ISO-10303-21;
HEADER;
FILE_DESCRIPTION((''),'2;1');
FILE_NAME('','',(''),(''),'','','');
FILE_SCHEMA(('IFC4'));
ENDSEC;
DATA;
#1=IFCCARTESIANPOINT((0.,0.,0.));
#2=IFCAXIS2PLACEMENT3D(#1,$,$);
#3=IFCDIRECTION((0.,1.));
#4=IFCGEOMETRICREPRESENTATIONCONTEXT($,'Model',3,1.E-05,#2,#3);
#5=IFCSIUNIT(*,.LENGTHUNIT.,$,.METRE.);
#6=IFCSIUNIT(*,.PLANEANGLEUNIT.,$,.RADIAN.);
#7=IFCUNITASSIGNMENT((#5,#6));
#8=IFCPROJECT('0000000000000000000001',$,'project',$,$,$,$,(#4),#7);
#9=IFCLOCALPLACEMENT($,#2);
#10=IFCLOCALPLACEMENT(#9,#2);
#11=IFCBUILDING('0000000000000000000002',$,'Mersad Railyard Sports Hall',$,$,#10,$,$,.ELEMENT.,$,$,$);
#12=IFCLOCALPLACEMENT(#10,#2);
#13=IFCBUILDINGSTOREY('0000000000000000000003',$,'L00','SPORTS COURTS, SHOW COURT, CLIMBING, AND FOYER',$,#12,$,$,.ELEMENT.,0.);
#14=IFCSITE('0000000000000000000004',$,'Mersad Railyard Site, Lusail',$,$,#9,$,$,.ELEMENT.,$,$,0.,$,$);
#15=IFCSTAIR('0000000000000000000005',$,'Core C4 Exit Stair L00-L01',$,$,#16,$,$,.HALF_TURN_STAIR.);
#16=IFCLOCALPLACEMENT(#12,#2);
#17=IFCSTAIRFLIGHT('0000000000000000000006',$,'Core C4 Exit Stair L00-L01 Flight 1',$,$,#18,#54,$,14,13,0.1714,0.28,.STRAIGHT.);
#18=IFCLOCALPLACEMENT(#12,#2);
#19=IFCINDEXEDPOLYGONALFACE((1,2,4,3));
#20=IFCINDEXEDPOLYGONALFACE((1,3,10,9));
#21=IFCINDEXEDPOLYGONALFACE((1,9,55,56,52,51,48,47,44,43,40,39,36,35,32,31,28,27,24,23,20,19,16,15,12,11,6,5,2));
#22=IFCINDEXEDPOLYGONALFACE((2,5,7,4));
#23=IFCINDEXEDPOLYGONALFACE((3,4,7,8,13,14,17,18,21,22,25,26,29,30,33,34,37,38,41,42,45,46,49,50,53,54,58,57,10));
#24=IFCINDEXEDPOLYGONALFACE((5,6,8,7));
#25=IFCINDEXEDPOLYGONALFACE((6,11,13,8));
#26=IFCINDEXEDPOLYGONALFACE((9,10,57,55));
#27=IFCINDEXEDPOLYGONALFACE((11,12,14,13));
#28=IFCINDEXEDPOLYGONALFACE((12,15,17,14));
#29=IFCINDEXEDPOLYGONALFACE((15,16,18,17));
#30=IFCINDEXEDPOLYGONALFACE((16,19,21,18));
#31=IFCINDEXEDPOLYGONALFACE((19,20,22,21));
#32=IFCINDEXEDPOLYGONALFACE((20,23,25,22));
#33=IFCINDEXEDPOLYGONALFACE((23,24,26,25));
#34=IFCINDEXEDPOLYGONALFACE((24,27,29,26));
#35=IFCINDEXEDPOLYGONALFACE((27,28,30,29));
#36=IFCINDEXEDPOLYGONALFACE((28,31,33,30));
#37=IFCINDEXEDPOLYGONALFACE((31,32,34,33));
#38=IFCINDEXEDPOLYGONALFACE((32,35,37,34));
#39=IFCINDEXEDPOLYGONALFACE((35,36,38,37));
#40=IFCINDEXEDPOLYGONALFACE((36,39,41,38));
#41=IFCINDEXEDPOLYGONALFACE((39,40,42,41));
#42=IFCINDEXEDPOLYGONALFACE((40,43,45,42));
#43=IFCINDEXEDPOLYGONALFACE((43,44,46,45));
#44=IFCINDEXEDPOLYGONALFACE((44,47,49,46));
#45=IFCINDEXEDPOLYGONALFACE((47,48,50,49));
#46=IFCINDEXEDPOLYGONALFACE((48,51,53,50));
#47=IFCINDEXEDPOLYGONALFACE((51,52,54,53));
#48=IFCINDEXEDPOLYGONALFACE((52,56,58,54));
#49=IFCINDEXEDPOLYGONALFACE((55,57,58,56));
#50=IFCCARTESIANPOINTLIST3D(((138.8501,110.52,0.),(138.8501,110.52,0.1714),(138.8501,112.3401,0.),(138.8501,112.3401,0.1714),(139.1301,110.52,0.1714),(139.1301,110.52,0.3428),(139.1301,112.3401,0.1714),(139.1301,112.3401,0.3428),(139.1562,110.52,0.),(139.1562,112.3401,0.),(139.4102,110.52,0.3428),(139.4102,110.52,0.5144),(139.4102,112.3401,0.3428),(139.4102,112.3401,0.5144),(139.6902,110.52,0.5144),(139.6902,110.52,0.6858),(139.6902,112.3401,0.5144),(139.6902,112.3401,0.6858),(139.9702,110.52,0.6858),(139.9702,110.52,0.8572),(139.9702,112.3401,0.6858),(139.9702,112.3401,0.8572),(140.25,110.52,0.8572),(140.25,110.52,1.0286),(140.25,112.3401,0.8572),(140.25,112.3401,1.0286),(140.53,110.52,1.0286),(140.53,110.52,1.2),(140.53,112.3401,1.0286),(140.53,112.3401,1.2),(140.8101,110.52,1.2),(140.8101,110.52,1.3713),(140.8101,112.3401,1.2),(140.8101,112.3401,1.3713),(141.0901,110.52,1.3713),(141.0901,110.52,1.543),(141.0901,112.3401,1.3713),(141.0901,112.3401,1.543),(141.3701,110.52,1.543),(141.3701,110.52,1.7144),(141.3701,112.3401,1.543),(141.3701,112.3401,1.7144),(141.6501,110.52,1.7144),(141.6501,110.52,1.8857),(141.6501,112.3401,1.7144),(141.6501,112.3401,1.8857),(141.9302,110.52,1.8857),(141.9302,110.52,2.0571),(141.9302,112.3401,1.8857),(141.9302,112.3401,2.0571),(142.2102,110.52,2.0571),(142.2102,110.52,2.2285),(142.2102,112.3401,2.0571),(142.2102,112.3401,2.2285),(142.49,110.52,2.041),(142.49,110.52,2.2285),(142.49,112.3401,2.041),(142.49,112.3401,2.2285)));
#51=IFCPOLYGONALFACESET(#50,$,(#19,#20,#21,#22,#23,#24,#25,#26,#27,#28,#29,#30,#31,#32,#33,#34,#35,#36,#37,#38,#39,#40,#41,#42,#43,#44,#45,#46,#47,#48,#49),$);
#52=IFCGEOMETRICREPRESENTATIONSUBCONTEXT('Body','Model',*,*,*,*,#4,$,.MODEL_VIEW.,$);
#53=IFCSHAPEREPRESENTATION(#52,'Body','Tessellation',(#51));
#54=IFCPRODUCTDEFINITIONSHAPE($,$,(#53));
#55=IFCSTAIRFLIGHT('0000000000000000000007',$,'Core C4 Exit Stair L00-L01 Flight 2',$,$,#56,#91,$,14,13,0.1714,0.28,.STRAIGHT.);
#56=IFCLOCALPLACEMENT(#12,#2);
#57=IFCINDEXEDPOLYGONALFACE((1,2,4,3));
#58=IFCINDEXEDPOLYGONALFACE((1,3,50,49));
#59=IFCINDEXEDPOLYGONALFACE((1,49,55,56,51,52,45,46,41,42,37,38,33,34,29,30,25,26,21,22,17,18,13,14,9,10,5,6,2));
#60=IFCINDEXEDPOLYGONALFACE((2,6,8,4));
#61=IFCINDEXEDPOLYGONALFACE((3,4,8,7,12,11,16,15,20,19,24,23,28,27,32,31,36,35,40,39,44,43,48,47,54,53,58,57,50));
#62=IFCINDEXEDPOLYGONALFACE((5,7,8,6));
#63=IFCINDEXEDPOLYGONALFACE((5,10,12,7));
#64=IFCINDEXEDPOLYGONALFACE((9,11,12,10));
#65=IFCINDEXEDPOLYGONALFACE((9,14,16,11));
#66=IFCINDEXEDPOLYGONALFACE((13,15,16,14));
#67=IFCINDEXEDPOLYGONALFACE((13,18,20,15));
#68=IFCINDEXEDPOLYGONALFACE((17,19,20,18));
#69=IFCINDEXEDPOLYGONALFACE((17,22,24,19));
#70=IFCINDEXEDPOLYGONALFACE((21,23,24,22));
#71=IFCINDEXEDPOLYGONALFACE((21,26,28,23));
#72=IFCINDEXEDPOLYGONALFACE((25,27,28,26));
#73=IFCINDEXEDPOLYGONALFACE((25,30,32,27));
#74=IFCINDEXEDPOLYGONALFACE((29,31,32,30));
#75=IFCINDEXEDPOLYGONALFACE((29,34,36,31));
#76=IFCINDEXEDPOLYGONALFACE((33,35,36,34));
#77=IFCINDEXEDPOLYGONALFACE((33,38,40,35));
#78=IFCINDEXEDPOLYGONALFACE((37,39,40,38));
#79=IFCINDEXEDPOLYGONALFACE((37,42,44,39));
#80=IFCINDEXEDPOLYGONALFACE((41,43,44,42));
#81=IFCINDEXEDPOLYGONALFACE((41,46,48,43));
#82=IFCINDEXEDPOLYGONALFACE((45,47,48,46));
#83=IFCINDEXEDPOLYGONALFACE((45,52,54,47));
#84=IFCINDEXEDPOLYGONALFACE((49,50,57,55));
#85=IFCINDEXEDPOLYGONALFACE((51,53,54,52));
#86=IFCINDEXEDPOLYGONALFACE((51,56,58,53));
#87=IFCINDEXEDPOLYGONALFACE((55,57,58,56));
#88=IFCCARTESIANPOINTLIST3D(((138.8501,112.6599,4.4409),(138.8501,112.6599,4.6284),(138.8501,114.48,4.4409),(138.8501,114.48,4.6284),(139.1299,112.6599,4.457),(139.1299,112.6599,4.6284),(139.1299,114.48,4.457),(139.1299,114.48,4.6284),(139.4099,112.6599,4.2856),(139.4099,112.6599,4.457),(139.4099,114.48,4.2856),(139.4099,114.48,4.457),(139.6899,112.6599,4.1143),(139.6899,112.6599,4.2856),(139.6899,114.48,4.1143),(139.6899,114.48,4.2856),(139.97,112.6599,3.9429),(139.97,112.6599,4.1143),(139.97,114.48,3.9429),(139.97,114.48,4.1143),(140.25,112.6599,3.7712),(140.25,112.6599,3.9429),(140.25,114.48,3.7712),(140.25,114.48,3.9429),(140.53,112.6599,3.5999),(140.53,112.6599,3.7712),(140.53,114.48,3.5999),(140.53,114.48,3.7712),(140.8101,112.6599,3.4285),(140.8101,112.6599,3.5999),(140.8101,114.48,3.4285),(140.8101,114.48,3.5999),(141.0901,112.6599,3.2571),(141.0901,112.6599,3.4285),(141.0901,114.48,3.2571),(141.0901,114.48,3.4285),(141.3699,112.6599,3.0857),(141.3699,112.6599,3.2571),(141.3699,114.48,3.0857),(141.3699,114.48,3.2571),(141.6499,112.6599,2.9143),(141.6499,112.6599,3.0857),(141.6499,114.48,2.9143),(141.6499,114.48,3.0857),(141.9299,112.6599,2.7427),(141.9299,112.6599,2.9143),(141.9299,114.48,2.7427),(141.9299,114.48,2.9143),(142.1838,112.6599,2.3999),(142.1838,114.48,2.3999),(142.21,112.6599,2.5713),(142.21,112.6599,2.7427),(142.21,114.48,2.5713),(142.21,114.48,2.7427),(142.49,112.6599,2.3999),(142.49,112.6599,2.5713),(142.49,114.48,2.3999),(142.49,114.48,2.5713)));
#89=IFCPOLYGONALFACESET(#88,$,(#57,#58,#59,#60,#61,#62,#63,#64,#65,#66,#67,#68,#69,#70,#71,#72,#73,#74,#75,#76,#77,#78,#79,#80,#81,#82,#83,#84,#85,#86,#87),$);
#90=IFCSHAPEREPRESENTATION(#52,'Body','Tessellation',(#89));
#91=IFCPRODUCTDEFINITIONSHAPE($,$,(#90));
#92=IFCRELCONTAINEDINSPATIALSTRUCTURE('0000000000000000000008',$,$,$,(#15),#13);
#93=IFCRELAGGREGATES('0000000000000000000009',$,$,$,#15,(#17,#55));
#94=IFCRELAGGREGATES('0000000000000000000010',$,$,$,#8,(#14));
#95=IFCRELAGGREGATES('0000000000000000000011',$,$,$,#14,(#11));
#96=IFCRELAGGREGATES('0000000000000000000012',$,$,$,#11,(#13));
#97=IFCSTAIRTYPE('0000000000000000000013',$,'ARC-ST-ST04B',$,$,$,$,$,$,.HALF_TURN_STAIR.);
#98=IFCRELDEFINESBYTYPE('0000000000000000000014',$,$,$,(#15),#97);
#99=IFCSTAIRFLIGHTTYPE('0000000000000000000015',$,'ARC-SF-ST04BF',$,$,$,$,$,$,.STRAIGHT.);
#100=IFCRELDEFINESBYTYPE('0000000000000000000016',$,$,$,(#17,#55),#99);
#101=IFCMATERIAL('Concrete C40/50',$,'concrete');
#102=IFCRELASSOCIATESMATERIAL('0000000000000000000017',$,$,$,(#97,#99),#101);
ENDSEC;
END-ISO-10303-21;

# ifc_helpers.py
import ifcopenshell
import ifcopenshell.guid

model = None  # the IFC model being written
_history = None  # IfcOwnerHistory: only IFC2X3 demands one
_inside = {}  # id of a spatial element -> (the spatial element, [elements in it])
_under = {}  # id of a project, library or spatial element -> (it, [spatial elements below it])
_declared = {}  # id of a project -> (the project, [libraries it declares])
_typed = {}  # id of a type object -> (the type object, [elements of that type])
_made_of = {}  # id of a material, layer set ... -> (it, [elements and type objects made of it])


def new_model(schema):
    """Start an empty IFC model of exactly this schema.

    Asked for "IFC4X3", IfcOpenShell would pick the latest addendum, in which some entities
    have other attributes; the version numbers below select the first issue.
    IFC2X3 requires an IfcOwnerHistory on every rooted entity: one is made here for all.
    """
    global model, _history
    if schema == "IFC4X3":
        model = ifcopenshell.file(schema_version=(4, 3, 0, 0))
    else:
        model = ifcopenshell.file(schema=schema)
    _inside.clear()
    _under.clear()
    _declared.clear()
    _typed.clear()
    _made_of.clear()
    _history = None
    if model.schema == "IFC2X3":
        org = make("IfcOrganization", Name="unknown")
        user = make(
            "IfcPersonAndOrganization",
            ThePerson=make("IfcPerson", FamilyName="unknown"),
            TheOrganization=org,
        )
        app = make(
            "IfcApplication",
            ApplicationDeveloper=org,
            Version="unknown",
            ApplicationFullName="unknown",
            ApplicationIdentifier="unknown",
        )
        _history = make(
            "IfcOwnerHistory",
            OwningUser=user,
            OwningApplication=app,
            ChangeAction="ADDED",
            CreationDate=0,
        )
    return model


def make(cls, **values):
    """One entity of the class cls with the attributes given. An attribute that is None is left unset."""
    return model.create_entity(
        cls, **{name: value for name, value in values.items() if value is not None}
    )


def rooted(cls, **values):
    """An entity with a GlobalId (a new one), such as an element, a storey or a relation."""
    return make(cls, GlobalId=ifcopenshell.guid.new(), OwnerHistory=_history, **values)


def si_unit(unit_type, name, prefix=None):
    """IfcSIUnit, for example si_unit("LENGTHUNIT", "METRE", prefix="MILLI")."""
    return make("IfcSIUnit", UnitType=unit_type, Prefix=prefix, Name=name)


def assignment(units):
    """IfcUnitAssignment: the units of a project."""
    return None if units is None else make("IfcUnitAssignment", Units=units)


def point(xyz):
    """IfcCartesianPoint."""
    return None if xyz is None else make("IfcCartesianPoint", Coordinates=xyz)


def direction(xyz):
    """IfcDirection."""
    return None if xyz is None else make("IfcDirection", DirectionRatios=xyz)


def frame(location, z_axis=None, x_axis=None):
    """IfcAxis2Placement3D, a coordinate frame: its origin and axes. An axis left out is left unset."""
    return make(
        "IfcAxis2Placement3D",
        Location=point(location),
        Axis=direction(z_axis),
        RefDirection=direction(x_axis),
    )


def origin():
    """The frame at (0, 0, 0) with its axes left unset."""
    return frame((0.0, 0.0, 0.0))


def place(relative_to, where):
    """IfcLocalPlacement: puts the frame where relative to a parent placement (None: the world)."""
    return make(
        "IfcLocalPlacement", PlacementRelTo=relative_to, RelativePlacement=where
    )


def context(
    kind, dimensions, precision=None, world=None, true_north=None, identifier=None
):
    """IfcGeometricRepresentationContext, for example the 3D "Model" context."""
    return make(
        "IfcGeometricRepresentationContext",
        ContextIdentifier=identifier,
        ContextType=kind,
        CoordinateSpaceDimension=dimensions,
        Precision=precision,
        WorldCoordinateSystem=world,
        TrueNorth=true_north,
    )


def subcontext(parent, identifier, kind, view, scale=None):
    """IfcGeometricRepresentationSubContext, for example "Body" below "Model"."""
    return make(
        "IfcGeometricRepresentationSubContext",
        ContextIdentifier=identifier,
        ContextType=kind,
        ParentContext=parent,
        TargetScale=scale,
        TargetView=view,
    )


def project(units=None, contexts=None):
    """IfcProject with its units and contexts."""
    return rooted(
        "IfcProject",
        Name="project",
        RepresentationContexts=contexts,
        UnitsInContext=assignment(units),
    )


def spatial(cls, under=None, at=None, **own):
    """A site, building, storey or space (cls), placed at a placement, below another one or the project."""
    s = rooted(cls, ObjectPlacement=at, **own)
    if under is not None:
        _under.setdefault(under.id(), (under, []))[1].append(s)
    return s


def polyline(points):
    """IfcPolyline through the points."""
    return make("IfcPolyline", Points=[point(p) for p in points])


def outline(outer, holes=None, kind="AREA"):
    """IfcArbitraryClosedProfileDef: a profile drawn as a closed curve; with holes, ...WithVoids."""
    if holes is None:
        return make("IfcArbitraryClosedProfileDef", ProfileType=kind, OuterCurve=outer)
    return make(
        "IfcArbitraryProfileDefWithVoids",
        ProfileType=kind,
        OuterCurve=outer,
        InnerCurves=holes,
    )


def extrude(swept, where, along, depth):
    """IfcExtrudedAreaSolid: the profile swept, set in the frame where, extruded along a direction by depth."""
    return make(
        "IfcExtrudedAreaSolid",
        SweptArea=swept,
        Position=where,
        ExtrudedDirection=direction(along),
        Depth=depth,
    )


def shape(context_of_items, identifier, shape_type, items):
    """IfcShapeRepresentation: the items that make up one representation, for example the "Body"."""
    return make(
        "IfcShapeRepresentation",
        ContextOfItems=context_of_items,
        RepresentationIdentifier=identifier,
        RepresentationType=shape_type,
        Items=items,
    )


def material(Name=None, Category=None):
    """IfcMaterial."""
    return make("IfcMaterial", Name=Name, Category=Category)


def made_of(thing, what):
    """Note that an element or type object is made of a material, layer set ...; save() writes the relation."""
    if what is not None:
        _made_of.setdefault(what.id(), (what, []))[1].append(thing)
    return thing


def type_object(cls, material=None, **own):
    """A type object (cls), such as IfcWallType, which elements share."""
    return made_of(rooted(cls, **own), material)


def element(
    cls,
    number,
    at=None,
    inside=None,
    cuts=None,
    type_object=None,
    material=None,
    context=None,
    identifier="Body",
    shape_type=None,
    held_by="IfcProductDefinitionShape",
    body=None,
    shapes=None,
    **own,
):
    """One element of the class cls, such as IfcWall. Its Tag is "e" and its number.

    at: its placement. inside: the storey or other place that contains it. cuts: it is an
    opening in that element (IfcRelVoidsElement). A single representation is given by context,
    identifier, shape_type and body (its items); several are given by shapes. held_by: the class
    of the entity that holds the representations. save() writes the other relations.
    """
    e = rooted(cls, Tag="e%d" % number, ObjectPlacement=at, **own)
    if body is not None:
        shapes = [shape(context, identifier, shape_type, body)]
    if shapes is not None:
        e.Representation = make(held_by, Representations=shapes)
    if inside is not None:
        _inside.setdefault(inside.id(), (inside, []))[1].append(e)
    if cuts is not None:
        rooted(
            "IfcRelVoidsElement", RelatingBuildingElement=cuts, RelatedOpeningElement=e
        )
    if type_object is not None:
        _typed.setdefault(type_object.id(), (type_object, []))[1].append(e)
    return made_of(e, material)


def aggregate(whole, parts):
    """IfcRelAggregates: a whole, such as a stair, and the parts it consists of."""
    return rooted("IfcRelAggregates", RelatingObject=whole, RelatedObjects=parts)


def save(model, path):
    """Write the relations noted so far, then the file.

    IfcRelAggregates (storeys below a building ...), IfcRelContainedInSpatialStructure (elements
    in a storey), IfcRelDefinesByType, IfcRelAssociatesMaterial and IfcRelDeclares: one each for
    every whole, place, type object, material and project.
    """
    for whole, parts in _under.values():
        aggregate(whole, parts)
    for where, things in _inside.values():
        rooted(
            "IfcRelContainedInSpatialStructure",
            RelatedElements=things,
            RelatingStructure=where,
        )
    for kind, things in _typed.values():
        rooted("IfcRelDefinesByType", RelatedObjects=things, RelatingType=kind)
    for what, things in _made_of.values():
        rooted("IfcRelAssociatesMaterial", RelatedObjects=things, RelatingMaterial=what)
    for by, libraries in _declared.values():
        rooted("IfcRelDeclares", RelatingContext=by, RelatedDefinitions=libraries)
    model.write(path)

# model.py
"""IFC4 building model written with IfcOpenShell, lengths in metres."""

from ifc_helpers import new_model, si_unit, direction, frame, origin, place, context, subcontext, project, spatial, polyline, outline, extrude, material, type_object, element, aggregate, save


model = new_model("IFC4")

# Units and contexts
model_context = context("Model", 3, precision=1e-05, world=origin(), true_north=direction((0.0, 1.0)))
body_context = subcontext(model_context, "Body", "Model", "MODEL_VIEW")
ifc_project = project(units=[si_unit("LENGTHUNIT", "METRE"), si_unit("PLANEANGLEUNIT", "RADIAN")], contexts=[model_context])

# Site, building, storey
site_placement = place(None, origin())
site = spatial("IfcSite", under=ifc_project, at=site_placement, Name="Mersad Railyard Site, Lusail", CompositionType="ELEMENT", RefElevation=0.0)
building_placement = place(site_placement, origin())
building = spatial("IfcBuilding", under=site, at=building_placement, Name="Mersad Railyard Sports Hall", CompositionType="ELEMENT")
storey_placement = place(building_placement, origin())
storey = spatial("IfcBuildingStorey", under=building, at=storey_placement, Name="L00", Description="SPORTS COURTS, SHOW COURT, CLIMBING, AND FOYER", CompositionType="ELEMENT", Elevation=0.0)

# Stair, stair flights
ifc_material_1 = material(Name="Concrete C40/50", Category="concrete")
stair_type = type_object("IfcStairType", Name="ARC-ST-ST04B", PredefinedType="HALF_TURN_STAIR", material=ifc_material_1)
stair_placement = place(storey_placement, origin())
stair = element("IfcStair", 1, at=stair_placement, inside=storey, type_object=stair_type, Name="Core C4 Exit Stair L00-L01", PredefinedType="HALF_TURN_STAIR")
stair_flight_type = type_object("IfcStairFlightType", Name="ARC-SF-ST04BF", PredefinedType="STRAIGHT", material=ifc_material_1)
stair_flight_1_placement = place(storey_placement, frame((138.8501, 111.4299, 0.0), z_axis=(0.0, 0.0, 1.0), x_axis=(1.0, 0.0, 0.0)))
stair_flight_1 = element("IfcStairFlight", 2, at=stair_flight_1_placement, type_object=stair_flight_type, Name="Core C4 Exit Stair L00-L01 Flight 1", NumberOfRisers=14, NumberOfTreads=13, PredefinedType="STRAIGHT", RiserHeight=0.1714, TreadLength=0.28, context=body_context, shape_type="SweptSolid", body=[
    extrude(outline(polyline([(0.0, 0.0), (0.0, 0.1714), (0.28, 0.1714), (0.28, 0.3428), (0.5601, 0.3428), (0.5601, 0.5144), (0.8401, 0.5144), (0.8401, 0.6858), (1.1201, 0.6858), (1.1201, 0.8572), (1.3999, 0.8572), (1.3999, 1.0286), (1.6799, 1.0286), (1.6799, 1.2), (1.96, 1.2), (1.96, 1.3713), (2.24, 1.3713), (2.24, 1.543), (2.52, 1.543), (2.52, 1.7144), (2.8, 1.7144), (2.8, 1.8857), (3.0801, 1.8857), (3.0801, 2.0571), (3.3601, 2.0571), (3.3601, 2.2285), (3.6399, 2.2285), (3.6399, 2.3999), (3.6399, 2.041), (0.3062, 0.0), (0.0, 0.0)])), frame((0.0, 0.9102, 0.0), z_axis=(0.0, -1.0, 0.0), x_axis=(1.0, 0.0, 0.0)), (0.0, 0.0, 1.0), 1.8201),
])
stair_flight_2_placement = place(storey_placement, frame((142.49, 113.5701, 2.3999), z_axis=(0.0, 0.0, 1.0), x_axis=(-1.0, 0.0, 0.0)))
stair_flight_2 = element("IfcStairFlight", 3, at=stair_flight_2_placement, type_object=stair_flight_type, Name="Core C4 Exit Stair L00-L01 Flight 2", NumberOfRisers=14, NumberOfTreads=13, PredefinedType="STRAIGHT", RiserHeight=0.1714, TreadLength=0.28, context=body_context, shape_type="SweptSolid", body=[
    extrude(outline(polyline([(0.0, 0.0), (0.0, 0.1714), (0.28, 0.1714), (0.28, 0.3428), (0.5601, 0.3428), (0.5601, 0.5144), (0.8401, 0.5144), (0.8401, 0.6858), (1.1201, 0.6858), (1.1201, 0.8572), (1.3999, 0.8572), (1.3999, 1.0286), (1.6799, 1.0286), (1.6799, 1.2), (1.96, 1.2), (1.96, 1.3713), (2.24, 1.3713), (2.24, 1.543), (2.52, 1.543), (2.52, 1.7144), (2.8, 1.7144), (2.8, 1.8857), (3.0801, 1.8857), (3.0801, 2.0571), (3.3601, 2.0571), (3.3601, 2.2285), (3.6399, 2.2285), (3.6399, 2.3999), (3.6399, 2.041), (0.3062, 0.0), (0.0, 0.0)])), frame((0.0, 0.9102, 0.0), z_axis=(0.0, -1.0, 0.0), x_axis=(1.0, 0.0, 0.0)), (0.0, 0.0, 1.0), 1.8201),
])
aggregate(stair, [stair_flight_1, stair_flight_2])

save(model, "model.ifc")
